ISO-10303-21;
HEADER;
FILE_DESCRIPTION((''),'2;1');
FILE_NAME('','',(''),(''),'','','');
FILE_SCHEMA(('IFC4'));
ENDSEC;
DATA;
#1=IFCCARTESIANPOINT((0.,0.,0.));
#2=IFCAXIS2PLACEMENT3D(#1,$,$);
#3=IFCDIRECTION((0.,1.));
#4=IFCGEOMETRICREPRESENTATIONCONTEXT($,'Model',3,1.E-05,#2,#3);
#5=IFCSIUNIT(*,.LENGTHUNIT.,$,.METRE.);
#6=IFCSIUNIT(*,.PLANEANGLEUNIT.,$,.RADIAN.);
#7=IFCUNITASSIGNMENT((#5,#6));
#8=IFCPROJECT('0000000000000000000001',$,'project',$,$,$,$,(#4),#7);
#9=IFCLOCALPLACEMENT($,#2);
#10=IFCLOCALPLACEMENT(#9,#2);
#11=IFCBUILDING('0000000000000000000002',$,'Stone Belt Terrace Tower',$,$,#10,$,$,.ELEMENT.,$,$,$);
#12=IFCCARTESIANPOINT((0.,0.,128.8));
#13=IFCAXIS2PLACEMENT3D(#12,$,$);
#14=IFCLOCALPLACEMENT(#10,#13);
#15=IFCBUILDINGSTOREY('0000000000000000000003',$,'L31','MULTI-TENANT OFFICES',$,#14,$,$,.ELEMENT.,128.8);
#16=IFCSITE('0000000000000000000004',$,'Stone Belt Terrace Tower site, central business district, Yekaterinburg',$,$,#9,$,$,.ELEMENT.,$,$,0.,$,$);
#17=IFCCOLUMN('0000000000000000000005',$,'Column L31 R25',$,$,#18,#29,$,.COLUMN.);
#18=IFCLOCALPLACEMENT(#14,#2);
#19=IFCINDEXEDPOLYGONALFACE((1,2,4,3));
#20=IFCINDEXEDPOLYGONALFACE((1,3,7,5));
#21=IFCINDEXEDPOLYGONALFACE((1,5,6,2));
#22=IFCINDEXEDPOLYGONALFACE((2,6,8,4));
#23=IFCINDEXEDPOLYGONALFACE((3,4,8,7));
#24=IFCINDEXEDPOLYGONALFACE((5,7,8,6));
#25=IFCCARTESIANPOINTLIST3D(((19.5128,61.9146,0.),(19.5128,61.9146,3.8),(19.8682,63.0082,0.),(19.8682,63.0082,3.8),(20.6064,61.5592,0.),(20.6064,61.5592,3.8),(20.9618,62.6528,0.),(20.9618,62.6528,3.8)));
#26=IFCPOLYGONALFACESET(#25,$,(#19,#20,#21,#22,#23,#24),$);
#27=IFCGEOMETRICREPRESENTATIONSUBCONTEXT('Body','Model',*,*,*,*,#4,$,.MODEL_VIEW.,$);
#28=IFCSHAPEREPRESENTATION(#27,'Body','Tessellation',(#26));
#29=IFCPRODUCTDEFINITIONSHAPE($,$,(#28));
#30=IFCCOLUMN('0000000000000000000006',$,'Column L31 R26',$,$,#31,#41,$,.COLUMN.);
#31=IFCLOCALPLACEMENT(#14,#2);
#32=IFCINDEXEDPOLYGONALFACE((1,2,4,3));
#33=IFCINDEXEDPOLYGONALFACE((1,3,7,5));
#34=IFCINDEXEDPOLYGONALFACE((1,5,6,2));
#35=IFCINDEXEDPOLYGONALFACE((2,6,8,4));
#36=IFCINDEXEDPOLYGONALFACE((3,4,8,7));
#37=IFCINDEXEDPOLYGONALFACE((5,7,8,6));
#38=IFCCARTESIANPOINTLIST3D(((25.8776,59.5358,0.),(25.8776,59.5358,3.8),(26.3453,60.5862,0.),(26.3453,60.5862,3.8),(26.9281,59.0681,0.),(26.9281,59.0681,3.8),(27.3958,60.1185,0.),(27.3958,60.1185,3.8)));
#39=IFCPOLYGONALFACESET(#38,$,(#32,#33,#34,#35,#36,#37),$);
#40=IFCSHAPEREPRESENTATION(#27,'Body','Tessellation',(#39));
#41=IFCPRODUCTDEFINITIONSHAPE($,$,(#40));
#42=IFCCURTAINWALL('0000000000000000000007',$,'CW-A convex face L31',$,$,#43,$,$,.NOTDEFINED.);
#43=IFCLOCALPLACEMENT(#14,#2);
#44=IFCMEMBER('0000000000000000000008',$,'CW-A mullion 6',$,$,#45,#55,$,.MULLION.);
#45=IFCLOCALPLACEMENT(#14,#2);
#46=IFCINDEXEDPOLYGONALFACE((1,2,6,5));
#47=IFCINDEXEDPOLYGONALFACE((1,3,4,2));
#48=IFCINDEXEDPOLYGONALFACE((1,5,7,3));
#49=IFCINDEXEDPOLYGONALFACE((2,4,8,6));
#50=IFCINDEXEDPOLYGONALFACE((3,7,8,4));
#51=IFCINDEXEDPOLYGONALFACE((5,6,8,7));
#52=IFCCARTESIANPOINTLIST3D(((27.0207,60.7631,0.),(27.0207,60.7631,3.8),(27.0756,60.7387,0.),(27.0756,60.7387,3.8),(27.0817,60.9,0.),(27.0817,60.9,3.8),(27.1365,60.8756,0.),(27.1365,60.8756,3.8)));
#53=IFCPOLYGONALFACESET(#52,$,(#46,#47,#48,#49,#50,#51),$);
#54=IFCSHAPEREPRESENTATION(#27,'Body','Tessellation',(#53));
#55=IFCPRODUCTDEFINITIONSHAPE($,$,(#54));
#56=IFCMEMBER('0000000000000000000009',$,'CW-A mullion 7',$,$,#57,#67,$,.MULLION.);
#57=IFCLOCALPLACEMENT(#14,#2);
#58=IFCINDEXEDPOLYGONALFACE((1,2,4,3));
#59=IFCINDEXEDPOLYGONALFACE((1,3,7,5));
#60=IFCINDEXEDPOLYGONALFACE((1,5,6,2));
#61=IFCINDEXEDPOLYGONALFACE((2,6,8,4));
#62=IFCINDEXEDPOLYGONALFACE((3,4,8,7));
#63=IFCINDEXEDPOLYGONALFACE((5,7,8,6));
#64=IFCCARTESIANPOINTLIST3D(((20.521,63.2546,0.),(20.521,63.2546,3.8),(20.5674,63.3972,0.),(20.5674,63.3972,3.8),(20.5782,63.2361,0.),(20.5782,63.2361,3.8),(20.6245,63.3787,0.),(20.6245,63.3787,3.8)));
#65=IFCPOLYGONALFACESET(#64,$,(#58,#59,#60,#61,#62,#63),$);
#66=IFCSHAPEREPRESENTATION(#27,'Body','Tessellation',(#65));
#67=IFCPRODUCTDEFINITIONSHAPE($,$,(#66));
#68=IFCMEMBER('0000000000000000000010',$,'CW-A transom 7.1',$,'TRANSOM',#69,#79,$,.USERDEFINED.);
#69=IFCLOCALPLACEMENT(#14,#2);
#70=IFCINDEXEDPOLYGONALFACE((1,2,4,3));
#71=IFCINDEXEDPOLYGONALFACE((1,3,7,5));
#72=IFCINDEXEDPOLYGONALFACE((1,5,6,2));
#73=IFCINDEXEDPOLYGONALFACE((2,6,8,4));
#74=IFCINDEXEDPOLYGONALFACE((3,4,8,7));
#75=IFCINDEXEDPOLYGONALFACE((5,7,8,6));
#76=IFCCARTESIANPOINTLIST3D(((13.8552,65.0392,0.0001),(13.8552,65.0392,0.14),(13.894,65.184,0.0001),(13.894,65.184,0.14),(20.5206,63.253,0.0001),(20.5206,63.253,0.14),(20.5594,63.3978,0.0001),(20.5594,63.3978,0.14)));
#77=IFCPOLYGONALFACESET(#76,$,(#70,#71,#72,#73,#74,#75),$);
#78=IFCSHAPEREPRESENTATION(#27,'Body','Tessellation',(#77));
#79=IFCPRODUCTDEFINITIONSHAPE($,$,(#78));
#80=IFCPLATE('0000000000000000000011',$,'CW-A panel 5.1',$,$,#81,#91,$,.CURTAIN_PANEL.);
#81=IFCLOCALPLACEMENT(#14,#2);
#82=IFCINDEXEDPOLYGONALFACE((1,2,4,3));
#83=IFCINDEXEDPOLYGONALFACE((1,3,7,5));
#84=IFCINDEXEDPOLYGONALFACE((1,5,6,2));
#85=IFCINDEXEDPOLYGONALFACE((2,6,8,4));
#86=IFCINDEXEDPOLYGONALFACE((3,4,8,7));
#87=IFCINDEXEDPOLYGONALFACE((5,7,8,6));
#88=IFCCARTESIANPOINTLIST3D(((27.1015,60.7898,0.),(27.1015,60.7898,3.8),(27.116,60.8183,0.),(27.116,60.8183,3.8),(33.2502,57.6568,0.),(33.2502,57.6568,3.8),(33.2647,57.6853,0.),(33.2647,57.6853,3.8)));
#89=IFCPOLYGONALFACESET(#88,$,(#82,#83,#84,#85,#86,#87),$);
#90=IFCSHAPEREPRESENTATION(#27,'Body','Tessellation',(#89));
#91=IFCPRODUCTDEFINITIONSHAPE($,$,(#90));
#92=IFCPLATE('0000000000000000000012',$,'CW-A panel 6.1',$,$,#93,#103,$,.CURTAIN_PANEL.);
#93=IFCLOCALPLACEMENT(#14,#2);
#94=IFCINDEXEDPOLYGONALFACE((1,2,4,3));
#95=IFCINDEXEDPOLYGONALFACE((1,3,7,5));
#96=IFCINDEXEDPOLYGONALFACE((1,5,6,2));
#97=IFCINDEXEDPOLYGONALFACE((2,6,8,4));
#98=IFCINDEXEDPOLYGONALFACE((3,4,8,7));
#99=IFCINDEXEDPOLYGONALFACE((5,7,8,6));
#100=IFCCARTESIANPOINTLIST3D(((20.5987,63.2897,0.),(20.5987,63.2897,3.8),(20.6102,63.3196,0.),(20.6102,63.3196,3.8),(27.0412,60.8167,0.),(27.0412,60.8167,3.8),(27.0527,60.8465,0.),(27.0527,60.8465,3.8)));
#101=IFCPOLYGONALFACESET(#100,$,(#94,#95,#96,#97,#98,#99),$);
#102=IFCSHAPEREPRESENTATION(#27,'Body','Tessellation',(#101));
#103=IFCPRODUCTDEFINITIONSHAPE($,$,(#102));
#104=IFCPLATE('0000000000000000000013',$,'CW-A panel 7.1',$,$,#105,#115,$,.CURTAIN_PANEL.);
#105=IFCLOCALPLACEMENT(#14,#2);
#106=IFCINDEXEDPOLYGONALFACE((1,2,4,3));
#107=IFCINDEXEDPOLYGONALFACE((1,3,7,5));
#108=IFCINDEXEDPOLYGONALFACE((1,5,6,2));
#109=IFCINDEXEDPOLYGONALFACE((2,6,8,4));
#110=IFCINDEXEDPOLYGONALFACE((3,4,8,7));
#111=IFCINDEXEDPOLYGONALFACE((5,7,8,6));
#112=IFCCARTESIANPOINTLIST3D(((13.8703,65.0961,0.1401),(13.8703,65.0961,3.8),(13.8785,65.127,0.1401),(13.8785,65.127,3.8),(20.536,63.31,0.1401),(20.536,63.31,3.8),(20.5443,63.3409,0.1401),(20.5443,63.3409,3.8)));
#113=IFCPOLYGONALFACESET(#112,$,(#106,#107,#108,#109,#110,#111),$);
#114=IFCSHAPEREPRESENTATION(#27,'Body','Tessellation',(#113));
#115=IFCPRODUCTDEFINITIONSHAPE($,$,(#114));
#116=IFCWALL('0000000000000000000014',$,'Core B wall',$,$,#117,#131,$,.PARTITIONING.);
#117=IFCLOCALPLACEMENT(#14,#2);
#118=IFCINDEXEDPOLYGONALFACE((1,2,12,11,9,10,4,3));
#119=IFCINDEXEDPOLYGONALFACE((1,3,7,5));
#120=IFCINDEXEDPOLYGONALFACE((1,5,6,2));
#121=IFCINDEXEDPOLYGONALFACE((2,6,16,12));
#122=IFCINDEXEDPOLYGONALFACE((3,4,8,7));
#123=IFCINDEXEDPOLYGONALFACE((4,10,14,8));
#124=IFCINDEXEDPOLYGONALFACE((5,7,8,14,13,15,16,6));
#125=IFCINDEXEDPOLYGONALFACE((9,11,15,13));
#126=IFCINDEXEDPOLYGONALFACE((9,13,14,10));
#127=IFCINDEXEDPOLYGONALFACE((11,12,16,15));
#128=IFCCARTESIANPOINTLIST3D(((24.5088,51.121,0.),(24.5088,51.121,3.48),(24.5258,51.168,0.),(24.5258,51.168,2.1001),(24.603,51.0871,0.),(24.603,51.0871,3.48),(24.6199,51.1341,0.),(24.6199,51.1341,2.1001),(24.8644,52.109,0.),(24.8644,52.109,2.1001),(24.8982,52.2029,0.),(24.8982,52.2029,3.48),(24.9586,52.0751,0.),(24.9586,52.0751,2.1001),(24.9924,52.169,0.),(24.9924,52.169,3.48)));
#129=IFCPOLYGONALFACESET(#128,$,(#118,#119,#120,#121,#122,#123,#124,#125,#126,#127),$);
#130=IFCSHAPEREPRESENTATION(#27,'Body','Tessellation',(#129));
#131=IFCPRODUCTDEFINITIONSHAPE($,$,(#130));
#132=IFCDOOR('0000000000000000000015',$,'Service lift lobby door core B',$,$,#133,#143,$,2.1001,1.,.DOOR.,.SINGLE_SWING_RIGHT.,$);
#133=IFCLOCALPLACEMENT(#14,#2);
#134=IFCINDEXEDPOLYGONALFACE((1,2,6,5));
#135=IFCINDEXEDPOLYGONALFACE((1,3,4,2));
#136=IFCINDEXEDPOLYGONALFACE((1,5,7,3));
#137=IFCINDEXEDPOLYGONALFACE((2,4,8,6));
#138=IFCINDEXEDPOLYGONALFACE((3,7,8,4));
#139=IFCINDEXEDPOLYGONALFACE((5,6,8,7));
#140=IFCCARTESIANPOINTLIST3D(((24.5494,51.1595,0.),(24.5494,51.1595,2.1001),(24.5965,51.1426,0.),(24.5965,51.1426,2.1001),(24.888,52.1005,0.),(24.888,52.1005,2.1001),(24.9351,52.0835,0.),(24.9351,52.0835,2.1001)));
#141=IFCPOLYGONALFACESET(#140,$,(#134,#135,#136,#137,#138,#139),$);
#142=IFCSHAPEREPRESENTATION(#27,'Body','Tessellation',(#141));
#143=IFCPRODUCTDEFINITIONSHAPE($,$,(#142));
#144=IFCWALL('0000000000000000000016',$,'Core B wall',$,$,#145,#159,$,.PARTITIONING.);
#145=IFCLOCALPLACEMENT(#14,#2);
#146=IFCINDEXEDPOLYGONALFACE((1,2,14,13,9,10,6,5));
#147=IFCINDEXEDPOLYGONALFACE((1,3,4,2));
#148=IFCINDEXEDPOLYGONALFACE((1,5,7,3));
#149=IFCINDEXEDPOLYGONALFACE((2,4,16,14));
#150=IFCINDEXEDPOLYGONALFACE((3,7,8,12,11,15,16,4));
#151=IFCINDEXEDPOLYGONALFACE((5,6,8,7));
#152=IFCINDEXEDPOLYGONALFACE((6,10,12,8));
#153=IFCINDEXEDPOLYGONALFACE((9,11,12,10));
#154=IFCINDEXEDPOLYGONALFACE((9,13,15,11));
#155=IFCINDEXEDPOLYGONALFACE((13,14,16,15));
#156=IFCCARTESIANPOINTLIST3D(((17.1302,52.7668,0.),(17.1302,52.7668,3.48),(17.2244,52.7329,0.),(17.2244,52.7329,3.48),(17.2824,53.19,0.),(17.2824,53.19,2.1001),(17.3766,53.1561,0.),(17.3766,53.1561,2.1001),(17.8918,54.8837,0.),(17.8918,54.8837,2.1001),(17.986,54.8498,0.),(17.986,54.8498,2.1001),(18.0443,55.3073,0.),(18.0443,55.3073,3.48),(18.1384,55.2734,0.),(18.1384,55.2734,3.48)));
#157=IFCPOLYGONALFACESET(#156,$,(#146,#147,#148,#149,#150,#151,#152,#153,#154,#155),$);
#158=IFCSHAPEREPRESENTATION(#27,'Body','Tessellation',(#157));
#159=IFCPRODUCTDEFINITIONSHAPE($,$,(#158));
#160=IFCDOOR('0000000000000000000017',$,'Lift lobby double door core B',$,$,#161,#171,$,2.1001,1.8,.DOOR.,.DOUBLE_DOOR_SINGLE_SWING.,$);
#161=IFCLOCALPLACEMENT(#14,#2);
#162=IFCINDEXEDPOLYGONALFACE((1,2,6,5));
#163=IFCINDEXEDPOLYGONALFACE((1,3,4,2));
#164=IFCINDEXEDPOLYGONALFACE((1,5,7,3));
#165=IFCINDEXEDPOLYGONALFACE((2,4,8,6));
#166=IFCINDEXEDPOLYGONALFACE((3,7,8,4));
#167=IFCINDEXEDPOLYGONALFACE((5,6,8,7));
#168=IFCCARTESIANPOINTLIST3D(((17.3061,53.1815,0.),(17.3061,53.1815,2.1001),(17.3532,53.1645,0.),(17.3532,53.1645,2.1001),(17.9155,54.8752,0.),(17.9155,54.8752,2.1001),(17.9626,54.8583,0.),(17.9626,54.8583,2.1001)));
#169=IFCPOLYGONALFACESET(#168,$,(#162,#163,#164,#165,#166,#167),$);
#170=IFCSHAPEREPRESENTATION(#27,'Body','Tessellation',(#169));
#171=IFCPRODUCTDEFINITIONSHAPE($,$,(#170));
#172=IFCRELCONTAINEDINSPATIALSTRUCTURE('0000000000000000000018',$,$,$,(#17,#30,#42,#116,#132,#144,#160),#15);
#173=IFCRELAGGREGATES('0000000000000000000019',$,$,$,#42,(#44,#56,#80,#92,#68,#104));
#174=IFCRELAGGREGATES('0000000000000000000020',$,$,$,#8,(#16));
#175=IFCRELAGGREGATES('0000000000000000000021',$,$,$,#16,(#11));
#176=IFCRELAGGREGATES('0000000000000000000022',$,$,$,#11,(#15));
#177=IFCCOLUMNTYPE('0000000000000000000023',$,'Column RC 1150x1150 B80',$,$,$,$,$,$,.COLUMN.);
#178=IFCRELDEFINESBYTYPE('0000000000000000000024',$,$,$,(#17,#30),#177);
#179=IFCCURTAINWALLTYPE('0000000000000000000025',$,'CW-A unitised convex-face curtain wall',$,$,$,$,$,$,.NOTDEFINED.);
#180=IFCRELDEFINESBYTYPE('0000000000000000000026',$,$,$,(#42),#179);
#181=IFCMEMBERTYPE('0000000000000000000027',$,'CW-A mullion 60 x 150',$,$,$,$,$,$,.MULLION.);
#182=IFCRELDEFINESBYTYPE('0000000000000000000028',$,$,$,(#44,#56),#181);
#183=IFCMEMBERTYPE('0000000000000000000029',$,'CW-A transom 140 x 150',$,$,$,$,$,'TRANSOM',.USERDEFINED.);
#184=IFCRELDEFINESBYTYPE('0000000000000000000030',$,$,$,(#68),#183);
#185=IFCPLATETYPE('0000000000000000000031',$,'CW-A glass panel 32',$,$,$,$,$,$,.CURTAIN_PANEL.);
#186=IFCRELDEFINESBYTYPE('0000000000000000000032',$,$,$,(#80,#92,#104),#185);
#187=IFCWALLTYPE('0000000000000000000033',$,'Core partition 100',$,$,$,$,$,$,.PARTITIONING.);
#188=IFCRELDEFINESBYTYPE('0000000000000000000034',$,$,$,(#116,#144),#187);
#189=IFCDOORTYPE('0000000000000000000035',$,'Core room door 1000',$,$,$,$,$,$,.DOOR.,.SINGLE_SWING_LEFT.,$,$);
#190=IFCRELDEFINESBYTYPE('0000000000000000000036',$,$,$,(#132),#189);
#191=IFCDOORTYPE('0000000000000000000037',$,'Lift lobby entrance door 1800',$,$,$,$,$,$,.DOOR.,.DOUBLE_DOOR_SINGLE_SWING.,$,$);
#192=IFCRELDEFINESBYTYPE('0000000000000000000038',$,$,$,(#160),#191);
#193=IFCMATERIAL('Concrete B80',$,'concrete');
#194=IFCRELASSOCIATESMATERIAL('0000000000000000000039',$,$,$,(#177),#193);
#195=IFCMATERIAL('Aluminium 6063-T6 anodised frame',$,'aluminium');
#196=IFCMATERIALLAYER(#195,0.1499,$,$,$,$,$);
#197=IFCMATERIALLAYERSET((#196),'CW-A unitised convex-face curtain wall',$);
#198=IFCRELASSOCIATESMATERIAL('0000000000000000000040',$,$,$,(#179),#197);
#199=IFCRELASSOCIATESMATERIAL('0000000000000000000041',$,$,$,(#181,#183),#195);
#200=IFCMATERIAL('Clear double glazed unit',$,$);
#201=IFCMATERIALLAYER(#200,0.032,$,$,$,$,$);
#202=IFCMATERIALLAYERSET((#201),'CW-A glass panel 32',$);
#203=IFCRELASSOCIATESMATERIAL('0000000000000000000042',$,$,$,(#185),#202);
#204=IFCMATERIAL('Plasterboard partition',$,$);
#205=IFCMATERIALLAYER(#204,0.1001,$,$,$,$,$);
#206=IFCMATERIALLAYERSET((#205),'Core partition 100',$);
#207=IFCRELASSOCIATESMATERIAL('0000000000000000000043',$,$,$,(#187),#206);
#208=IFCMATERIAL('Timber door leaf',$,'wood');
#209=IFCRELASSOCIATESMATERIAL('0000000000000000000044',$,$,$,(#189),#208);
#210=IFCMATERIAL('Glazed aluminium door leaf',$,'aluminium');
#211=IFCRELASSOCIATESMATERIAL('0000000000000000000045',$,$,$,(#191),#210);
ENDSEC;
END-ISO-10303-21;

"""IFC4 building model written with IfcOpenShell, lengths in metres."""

from ifc_helpers import new_model, si_unit, direction, frame, frame_2d, origin, origin_2d, place, context, subcontext, project, spatial, rectangle, extrude, material, layer, layer_set, material_profile, profile_set, type_object, element, fill, aggregate, save


model = new_model("IFC4")

# Units and contexts
model_context = context("Model", 3, precision=1e-05, world=origin(), true_north=direction((0.0, 1.0)))
body_context = subcontext(model_context, "Body", "Model", "MODEL_VIEW")
ifc_project = project(units=[si_unit("LENGTHUNIT", "METRE"), si_unit("PLANEANGLEUNIT", "RADIAN")], contexts=[model_context])

# Site, building, storey
site_placement = place(None, origin())
site = spatial("IfcSite", under=ifc_project, at=site_placement, Name="Stone Belt Terrace Tower site, central business district, Yekaterinburg", CompositionType="ELEMENT", RefElevation=0.0)
building_placement = place(site_placement, origin())
building = spatial("IfcBuilding", under=site, at=building_placement, Name="Stone Belt Terrace Tower", CompositionType="ELEMENT")
storey_placement = place(building_placement, frame((0.0, 0.0, 128.8)))
storey = spatial("IfcBuildingStorey", under=building, at=storey_placement, Name="L31", Description="MULTI-TENANT OFFICES", CompositionType="ELEMENT", Elevation=128.8)

# Columns
ifc_material_1 = material(Name="Concrete B80", Category="concrete")
ifc_material_profile_1 = material_profile(ifc_material_1, rectangle(XDim=1.1499, YDim=1.1499, at=origin_2d()), Name="RC 1150x1150")
ifc_profile_set_1 = profile_set([ifc_material_profile_1], Name="Concrete B80")
column_type = type_object("IfcColumnType", Name="Column RC 1150x1150 B80", PredefinedType="COLUMN", material=ifc_profile_set_1)
for number, where, z_axis, x_axis, name in (
    (1, (20.2373, 62.2837, 0.0), (0.0, 0.0, 1.0), (0.951057, -0.309017, 0.0), "Column L31 R25"),
    (2, (26.6367, 59.8271, 0.0), (0.0, 0.0, 1.0), (0.913545, -0.406737, 0.0), "Column L31 R26"),
):
    element("IfcColumn", number, at=place(storey_placement, frame(where, z_axis=z_axis, x_axis=x_axis)), inside=storey, type_object=column_type, Name=name, PredefinedType="COLUMN", context=body_context, shape_type="SweptSolid", body=[
        extrude(rectangle(XDim=1.1499, YDim=1.1499, at=origin_2d()), origin(), (0.0, 0.0, 1.0), 3.8),
    ])

# Curtain wall, members, plates
ifc_material_2 = material(Name="Aluminium 6063-T6 anodised frame", Category="aluminium")
ifc_layer_1 = layer(ifc_material_2, 0.1499)
ifc_layer_set_1 = layer_set([ifc_layer_1], Name="CW-A unitised convex-face curtain wall")
curtain_wall_type = type_object("IfcCurtainWallType", Name="CW-A unitised convex-face curtain wall", PredefinedType="NOTDEFINED", material=ifc_layer_set_1)
curtain_wall_placement = place(storey_placement, origin())
curtain_wall = element("IfcCurtainWall", 3, at=curtain_wall_placement, inside=storey, type_object=curtain_wall_type, Name="CW-A convex face L31", PredefinedType="NOTDEFINED")
ifc_material_profile_2 = material_profile(ifc_material_2, rectangle(XDim=0.1499, YDim=0.0601, at=origin_2d()), Name="Aluminium 6063-T6 60x150")
ifc_profile_set_2 = profile_set([ifc_material_profile_2], Name="Aluminium 6063-T6 anodised frame")
member_type_1 = type_object("IfcMemberType", Name="CW-A mullion 60 x 150", PredefinedType="MULLION", material=ifc_profile_set_2)
member_1_placement = place(storey_placement, frame((27.0786, 60.8193, 0.0), z_axis=(0.0, 0.0, 1.0), x_axis=(-0.406737, -0.913545, 0.0)))
member_1 = element("IfcMember", 4, at=member_1_placement, type_object=member_type_1, Name="CW-A mullion 6", PredefinedType="MULLION", context=body_context, shape_type="SweptSolid", body=[
    extrude(rectangle(XDim=0.1499, YDim=0.0601, at=origin_2d()), origin(), (0.0, 0.0, 1.0), 3.8),
])
member_2_placement = place(storey_placement, frame((20.5728, 63.3167, 0.0), z_axis=(0.0, 0.0, 1.0), x_axis=(-0.309017, -0.951057, 0.0)))
member_2 = element("IfcMember", 5, at=member_2_placement, type_object=member_type_1, Name="CW-A mullion 7", PredefinedType="MULLION", context=body_context, shape_type="SweptSolid", body=[
    extrude(rectangle(XDim=0.1499, YDim=0.0601, at=origin_2d()), origin(), (0.0, 0.0, 1.0), 3.8),
])
ifc_material_profile_3 = material_profile(ifc_material_2, rectangle(XDim=0.1499, YDim=0.1399, at=origin_2d()), Name="Aluminium 6063-T6 150x140")
ifc_profile_set_3 = profile_set([ifc_material_profile_3], Name="Aluminium 6063-T6 anodised frame")
member_type_2 = type_object("IfcMemberType", Name="CW-A transom 140 x 150", ElementType="TRANSOM", PredefinedType="USERDEFINED", material=ifc_profile_set_3)
member_3_placement = place(storey_placement, frame((20.54, 63.3254, 0.0701), z_axis=(-0.965922, 0.258834, 0.0), x_axis=(-0.258834, -0.965922, 0.0)))
member_3 = element("IfcMember", 6, at=member_3_placement, type_object=member_type_2, Name="CW-A transom 7.1", ObjectType="TRANSOM", PredefinedType="USERDEFINED", context=body_context, shape_type="SweptSolid", body=[
    extrude(rectangle(XDim=0.1499, YDim=0.1399, at=origin_2d()), origin(), (0.0, 0.0, 1.0), 6.9006),
])
ifc_material_3 = material(Name="Clear double glazed unit")
ifc_layer_2 = layer(ifc_material_3, 0.032)
ifc_layer_set_2 = layer_set([ifc_layer_2], Name="CW-A glass panel 32")
plate_type = type_object("IfcPlateType", Name="CW-A glass panel 32", PredefinedType="CURTAIN_PANEL", material=ifc_layer_set_2)
plate_1_placement = place(storey_placement, frame((30.1831, 59.2375, 0.0), z_axis=(0.0, 0.0, 1.0), x_axis=(-0.891007, 0.45399, 0.0)))
plate_1 = element("IfcPlate", 7, at=plate_1_placement, type_object=plate_type, Name="CW-A panel 5.1", PredefinedType="CURTAIN_PANEL", context=body_context, shape_type="SweptSolid", body=[
    extrude(rectangle(XDim=6.9009, YDim=0.032, at=origin_2d()), origin(), (0.0, 0.0, 1.0), 3.8),
])
plate_2_placement = place(storey_placement, frame((23.8257, 62.0681, 0.0), z_axis=(0.0, 0.0, 1.0), x_axis=(-0.93358, 0.358368, 0.0)))
plate_2 = element("IfcPlate", 8, at=plate_2_placement, type_object=plate_type, Name="CW-A panel 6.1", PredefinedType="CURTAIN_PANEL", context=body_context, shape_type="SweptSolid", body=[
    extrude(rectangle(XDim=6.9009, YDim=0.032, at=origin_2d()), origin(), (0.0, 0.0, 1.0), 3.8),
])
plate_3_placement = place(storey_placement, frame((17.2073, 64.2185, 0.1401), z_axis=(0.0, 0.0, 1.0), x_axis=(-0.965926, 0.258819, 0.0)))
plate_3 = element("IfcPlate", 9, at=plate_3_placement, type_object=plate_type, Name="CW-A panel 7.1", PredefinedType="CURTAIN_PANEL", context=body_context, shape_type="SweptSolid", body=[
    extrude(rectangle(XDim=6.9009, YDim=0.032, at=origin_2d()), origin(), (0.0, 0.0, 1.0), 3.6599),
])
aggregate(curtain_wall, [member_1, member_2, plate_1, plate_2, member_3, plate_3])

# Walls, openings, doors
ifc_material_4 = material(Name="Plasterboard partition")
ifc_layer_3 = layer(ifc_material_4, 0.1001)
ifc_layer_set_3 = layer_set([ifc_layer_3], Name="Core partition 100")
wall_type_1 = type_object("IfcWallType", Name="Core partition 100", PredefinedType="PARTITIONING", material=ifc_layer_set_3)
wall_1_placement = place(storey_placement, frame((24.5559, 51.104, 0.0), z_axis=(0.0, 0.0, 1.0), x_axis=(0.338622, 0.940923, 0.0)))
wall_1 = element("IfcWall", 10, at=wall_1_placement, inside=storey, type_object=wall_type_1, Name="Core B wall", PredefinedType="PARTITIONING", context=body_context, shape_type="SweptSolid", body=[
    extrude(rectangle(XDim=1.1499, YDim=0.1001, at=frame_2d((0.575, 0.0))), origin(), (0.0, 0.0, 1.0), 3.48),
])
opening_1_placement = place(wall_1_placement, frame((0.05, 0.0, 0.0)))
opening_1 = element("IfcOpeningElement", 11, at=opening_1_placement, cuts=wall_1, PredefinedType="OPENING", context=body_context, shape_type="SweptSolid", body=[
    extrude(rectangle(XDim=1.0, YDim=2.1001, at=frame_2d((0.5, 1.05))), frame((0.0, 0.0601, 0.0), z_axis=(0.0, -1.0, 0.0), x_axis=(1.0, 0.0, 0.0)), (0.0, 0.0, 1.0), 0.1201),
])
ifc_material_5 = material(Name="Timber door leaf", Category="wood")
door_type_1 = type_object("IfcDoorType", Name="Core room door 1000", OperationType="SINGLE_SWING_LEFT", PredefinedType="DOOR", material=ifc_material_5)
door_1_placement = place(opening_1_placement, origin())
door_1 = element("IfcDoor", 12, at=door_1_placement, inside=storey, type_object=door_type_1, Name="Service lift lobby door core B", OperationType="SINGLE_SWING_RIGHT", OverallHeight=2.1001, OverallWidth=1.0, PredefinedType="DOOR", context=body_context, shape_type="SweptSolid", body=[
    extrude(rectangle(XDim=1.0, YDim=2.1001, at=frame_2d((0.5, 1.05))), frame((0.0, 0.0249, 0.0), z_axis=(0.0, -1.0, 0.0), x_axis=(1.0, 0.0, 0.0)), (0.0, 0.0, 1.0), 0.05),
])
fill(opening_1, door_1)
wall_2_placement = place(storey_placement, frame((17.1772, 52.7498, 0.0), z_axis=(0.0, 0.0, 1.0), x_axis=(0.338547, 0.94095, 0.0)))
wall_2 = element("IfcWall", 13, at=wall_2_placement, inside=storey, type_object=wall_type_1, Name="Core B wall", PredefinedType="PARTITIONING", context=body_context, shape_type="SweptSolid", body=[
    extrude(rectangle(XDim=2.7, YDim=0.1001, at=frame_2d((1.3501, 0.0))), origin(), (0.0, 0.0, 1.0), 3.48),
])
opening_2_placement = place(wall_2_placement, frame((0.45, 0.0, 0.0)))
opening_2 = element("IfcOpeningElement", 14, at=opening_2_placement, cuts=wall_2, PredefinedType="OPENING", context=body_context, shape_type="SweptSolid", body=[
    extrude(rectangle(XDim=1.8, YDim=2.1001, at=frame_2d((0.8999, 1.05))), frame((0.0, 0.0601, 0.0), z_axis=(0.0, -1.0, 0.0), x_axis=(1.0, 0.0, 0.0)), (0.0, 0.0, 1.0), 0.1201),
])
ifc_material_6 = material(Name="Glazed aluminium door leaf", Category="aluminium")
door_type_2 = type_object("IfcDoorType", Name="Lift lobby entrance door 1800", OperationType="DOUBLE_DOOR_SINGLE_SWING", PredefinedType="DOOR", material=ifc_material_6)
door_2_placement = place(opening_2_placement, origin())
door_2 = element("IfcDoor", 15, at=door_2_placement, inside=storey, type_object=door_type_2, Name="Lift lobby double door core B", OperationType="DOUBLE_DOOR_SINGLE_SWING", OverallHeight=2.1001, OverallWidth=1.8, PredefinedType="DOOR", context=body_context, shape_type="SweptSolid", body=[
    extrude(rectangle(XDim=1.8, YDim=2.1001, at=frame_2d((0.8999, 1.05))), frame((0.0, 0.0249, 0.0), z_axis=(0.0, -1.0, 0.0), x_axis=(1.0, 0.0, 0.0)), (0.0, 0.0, 1.0), 0.05),
])
fill(opening_2, door_2)

save(model, "model.ifc")
